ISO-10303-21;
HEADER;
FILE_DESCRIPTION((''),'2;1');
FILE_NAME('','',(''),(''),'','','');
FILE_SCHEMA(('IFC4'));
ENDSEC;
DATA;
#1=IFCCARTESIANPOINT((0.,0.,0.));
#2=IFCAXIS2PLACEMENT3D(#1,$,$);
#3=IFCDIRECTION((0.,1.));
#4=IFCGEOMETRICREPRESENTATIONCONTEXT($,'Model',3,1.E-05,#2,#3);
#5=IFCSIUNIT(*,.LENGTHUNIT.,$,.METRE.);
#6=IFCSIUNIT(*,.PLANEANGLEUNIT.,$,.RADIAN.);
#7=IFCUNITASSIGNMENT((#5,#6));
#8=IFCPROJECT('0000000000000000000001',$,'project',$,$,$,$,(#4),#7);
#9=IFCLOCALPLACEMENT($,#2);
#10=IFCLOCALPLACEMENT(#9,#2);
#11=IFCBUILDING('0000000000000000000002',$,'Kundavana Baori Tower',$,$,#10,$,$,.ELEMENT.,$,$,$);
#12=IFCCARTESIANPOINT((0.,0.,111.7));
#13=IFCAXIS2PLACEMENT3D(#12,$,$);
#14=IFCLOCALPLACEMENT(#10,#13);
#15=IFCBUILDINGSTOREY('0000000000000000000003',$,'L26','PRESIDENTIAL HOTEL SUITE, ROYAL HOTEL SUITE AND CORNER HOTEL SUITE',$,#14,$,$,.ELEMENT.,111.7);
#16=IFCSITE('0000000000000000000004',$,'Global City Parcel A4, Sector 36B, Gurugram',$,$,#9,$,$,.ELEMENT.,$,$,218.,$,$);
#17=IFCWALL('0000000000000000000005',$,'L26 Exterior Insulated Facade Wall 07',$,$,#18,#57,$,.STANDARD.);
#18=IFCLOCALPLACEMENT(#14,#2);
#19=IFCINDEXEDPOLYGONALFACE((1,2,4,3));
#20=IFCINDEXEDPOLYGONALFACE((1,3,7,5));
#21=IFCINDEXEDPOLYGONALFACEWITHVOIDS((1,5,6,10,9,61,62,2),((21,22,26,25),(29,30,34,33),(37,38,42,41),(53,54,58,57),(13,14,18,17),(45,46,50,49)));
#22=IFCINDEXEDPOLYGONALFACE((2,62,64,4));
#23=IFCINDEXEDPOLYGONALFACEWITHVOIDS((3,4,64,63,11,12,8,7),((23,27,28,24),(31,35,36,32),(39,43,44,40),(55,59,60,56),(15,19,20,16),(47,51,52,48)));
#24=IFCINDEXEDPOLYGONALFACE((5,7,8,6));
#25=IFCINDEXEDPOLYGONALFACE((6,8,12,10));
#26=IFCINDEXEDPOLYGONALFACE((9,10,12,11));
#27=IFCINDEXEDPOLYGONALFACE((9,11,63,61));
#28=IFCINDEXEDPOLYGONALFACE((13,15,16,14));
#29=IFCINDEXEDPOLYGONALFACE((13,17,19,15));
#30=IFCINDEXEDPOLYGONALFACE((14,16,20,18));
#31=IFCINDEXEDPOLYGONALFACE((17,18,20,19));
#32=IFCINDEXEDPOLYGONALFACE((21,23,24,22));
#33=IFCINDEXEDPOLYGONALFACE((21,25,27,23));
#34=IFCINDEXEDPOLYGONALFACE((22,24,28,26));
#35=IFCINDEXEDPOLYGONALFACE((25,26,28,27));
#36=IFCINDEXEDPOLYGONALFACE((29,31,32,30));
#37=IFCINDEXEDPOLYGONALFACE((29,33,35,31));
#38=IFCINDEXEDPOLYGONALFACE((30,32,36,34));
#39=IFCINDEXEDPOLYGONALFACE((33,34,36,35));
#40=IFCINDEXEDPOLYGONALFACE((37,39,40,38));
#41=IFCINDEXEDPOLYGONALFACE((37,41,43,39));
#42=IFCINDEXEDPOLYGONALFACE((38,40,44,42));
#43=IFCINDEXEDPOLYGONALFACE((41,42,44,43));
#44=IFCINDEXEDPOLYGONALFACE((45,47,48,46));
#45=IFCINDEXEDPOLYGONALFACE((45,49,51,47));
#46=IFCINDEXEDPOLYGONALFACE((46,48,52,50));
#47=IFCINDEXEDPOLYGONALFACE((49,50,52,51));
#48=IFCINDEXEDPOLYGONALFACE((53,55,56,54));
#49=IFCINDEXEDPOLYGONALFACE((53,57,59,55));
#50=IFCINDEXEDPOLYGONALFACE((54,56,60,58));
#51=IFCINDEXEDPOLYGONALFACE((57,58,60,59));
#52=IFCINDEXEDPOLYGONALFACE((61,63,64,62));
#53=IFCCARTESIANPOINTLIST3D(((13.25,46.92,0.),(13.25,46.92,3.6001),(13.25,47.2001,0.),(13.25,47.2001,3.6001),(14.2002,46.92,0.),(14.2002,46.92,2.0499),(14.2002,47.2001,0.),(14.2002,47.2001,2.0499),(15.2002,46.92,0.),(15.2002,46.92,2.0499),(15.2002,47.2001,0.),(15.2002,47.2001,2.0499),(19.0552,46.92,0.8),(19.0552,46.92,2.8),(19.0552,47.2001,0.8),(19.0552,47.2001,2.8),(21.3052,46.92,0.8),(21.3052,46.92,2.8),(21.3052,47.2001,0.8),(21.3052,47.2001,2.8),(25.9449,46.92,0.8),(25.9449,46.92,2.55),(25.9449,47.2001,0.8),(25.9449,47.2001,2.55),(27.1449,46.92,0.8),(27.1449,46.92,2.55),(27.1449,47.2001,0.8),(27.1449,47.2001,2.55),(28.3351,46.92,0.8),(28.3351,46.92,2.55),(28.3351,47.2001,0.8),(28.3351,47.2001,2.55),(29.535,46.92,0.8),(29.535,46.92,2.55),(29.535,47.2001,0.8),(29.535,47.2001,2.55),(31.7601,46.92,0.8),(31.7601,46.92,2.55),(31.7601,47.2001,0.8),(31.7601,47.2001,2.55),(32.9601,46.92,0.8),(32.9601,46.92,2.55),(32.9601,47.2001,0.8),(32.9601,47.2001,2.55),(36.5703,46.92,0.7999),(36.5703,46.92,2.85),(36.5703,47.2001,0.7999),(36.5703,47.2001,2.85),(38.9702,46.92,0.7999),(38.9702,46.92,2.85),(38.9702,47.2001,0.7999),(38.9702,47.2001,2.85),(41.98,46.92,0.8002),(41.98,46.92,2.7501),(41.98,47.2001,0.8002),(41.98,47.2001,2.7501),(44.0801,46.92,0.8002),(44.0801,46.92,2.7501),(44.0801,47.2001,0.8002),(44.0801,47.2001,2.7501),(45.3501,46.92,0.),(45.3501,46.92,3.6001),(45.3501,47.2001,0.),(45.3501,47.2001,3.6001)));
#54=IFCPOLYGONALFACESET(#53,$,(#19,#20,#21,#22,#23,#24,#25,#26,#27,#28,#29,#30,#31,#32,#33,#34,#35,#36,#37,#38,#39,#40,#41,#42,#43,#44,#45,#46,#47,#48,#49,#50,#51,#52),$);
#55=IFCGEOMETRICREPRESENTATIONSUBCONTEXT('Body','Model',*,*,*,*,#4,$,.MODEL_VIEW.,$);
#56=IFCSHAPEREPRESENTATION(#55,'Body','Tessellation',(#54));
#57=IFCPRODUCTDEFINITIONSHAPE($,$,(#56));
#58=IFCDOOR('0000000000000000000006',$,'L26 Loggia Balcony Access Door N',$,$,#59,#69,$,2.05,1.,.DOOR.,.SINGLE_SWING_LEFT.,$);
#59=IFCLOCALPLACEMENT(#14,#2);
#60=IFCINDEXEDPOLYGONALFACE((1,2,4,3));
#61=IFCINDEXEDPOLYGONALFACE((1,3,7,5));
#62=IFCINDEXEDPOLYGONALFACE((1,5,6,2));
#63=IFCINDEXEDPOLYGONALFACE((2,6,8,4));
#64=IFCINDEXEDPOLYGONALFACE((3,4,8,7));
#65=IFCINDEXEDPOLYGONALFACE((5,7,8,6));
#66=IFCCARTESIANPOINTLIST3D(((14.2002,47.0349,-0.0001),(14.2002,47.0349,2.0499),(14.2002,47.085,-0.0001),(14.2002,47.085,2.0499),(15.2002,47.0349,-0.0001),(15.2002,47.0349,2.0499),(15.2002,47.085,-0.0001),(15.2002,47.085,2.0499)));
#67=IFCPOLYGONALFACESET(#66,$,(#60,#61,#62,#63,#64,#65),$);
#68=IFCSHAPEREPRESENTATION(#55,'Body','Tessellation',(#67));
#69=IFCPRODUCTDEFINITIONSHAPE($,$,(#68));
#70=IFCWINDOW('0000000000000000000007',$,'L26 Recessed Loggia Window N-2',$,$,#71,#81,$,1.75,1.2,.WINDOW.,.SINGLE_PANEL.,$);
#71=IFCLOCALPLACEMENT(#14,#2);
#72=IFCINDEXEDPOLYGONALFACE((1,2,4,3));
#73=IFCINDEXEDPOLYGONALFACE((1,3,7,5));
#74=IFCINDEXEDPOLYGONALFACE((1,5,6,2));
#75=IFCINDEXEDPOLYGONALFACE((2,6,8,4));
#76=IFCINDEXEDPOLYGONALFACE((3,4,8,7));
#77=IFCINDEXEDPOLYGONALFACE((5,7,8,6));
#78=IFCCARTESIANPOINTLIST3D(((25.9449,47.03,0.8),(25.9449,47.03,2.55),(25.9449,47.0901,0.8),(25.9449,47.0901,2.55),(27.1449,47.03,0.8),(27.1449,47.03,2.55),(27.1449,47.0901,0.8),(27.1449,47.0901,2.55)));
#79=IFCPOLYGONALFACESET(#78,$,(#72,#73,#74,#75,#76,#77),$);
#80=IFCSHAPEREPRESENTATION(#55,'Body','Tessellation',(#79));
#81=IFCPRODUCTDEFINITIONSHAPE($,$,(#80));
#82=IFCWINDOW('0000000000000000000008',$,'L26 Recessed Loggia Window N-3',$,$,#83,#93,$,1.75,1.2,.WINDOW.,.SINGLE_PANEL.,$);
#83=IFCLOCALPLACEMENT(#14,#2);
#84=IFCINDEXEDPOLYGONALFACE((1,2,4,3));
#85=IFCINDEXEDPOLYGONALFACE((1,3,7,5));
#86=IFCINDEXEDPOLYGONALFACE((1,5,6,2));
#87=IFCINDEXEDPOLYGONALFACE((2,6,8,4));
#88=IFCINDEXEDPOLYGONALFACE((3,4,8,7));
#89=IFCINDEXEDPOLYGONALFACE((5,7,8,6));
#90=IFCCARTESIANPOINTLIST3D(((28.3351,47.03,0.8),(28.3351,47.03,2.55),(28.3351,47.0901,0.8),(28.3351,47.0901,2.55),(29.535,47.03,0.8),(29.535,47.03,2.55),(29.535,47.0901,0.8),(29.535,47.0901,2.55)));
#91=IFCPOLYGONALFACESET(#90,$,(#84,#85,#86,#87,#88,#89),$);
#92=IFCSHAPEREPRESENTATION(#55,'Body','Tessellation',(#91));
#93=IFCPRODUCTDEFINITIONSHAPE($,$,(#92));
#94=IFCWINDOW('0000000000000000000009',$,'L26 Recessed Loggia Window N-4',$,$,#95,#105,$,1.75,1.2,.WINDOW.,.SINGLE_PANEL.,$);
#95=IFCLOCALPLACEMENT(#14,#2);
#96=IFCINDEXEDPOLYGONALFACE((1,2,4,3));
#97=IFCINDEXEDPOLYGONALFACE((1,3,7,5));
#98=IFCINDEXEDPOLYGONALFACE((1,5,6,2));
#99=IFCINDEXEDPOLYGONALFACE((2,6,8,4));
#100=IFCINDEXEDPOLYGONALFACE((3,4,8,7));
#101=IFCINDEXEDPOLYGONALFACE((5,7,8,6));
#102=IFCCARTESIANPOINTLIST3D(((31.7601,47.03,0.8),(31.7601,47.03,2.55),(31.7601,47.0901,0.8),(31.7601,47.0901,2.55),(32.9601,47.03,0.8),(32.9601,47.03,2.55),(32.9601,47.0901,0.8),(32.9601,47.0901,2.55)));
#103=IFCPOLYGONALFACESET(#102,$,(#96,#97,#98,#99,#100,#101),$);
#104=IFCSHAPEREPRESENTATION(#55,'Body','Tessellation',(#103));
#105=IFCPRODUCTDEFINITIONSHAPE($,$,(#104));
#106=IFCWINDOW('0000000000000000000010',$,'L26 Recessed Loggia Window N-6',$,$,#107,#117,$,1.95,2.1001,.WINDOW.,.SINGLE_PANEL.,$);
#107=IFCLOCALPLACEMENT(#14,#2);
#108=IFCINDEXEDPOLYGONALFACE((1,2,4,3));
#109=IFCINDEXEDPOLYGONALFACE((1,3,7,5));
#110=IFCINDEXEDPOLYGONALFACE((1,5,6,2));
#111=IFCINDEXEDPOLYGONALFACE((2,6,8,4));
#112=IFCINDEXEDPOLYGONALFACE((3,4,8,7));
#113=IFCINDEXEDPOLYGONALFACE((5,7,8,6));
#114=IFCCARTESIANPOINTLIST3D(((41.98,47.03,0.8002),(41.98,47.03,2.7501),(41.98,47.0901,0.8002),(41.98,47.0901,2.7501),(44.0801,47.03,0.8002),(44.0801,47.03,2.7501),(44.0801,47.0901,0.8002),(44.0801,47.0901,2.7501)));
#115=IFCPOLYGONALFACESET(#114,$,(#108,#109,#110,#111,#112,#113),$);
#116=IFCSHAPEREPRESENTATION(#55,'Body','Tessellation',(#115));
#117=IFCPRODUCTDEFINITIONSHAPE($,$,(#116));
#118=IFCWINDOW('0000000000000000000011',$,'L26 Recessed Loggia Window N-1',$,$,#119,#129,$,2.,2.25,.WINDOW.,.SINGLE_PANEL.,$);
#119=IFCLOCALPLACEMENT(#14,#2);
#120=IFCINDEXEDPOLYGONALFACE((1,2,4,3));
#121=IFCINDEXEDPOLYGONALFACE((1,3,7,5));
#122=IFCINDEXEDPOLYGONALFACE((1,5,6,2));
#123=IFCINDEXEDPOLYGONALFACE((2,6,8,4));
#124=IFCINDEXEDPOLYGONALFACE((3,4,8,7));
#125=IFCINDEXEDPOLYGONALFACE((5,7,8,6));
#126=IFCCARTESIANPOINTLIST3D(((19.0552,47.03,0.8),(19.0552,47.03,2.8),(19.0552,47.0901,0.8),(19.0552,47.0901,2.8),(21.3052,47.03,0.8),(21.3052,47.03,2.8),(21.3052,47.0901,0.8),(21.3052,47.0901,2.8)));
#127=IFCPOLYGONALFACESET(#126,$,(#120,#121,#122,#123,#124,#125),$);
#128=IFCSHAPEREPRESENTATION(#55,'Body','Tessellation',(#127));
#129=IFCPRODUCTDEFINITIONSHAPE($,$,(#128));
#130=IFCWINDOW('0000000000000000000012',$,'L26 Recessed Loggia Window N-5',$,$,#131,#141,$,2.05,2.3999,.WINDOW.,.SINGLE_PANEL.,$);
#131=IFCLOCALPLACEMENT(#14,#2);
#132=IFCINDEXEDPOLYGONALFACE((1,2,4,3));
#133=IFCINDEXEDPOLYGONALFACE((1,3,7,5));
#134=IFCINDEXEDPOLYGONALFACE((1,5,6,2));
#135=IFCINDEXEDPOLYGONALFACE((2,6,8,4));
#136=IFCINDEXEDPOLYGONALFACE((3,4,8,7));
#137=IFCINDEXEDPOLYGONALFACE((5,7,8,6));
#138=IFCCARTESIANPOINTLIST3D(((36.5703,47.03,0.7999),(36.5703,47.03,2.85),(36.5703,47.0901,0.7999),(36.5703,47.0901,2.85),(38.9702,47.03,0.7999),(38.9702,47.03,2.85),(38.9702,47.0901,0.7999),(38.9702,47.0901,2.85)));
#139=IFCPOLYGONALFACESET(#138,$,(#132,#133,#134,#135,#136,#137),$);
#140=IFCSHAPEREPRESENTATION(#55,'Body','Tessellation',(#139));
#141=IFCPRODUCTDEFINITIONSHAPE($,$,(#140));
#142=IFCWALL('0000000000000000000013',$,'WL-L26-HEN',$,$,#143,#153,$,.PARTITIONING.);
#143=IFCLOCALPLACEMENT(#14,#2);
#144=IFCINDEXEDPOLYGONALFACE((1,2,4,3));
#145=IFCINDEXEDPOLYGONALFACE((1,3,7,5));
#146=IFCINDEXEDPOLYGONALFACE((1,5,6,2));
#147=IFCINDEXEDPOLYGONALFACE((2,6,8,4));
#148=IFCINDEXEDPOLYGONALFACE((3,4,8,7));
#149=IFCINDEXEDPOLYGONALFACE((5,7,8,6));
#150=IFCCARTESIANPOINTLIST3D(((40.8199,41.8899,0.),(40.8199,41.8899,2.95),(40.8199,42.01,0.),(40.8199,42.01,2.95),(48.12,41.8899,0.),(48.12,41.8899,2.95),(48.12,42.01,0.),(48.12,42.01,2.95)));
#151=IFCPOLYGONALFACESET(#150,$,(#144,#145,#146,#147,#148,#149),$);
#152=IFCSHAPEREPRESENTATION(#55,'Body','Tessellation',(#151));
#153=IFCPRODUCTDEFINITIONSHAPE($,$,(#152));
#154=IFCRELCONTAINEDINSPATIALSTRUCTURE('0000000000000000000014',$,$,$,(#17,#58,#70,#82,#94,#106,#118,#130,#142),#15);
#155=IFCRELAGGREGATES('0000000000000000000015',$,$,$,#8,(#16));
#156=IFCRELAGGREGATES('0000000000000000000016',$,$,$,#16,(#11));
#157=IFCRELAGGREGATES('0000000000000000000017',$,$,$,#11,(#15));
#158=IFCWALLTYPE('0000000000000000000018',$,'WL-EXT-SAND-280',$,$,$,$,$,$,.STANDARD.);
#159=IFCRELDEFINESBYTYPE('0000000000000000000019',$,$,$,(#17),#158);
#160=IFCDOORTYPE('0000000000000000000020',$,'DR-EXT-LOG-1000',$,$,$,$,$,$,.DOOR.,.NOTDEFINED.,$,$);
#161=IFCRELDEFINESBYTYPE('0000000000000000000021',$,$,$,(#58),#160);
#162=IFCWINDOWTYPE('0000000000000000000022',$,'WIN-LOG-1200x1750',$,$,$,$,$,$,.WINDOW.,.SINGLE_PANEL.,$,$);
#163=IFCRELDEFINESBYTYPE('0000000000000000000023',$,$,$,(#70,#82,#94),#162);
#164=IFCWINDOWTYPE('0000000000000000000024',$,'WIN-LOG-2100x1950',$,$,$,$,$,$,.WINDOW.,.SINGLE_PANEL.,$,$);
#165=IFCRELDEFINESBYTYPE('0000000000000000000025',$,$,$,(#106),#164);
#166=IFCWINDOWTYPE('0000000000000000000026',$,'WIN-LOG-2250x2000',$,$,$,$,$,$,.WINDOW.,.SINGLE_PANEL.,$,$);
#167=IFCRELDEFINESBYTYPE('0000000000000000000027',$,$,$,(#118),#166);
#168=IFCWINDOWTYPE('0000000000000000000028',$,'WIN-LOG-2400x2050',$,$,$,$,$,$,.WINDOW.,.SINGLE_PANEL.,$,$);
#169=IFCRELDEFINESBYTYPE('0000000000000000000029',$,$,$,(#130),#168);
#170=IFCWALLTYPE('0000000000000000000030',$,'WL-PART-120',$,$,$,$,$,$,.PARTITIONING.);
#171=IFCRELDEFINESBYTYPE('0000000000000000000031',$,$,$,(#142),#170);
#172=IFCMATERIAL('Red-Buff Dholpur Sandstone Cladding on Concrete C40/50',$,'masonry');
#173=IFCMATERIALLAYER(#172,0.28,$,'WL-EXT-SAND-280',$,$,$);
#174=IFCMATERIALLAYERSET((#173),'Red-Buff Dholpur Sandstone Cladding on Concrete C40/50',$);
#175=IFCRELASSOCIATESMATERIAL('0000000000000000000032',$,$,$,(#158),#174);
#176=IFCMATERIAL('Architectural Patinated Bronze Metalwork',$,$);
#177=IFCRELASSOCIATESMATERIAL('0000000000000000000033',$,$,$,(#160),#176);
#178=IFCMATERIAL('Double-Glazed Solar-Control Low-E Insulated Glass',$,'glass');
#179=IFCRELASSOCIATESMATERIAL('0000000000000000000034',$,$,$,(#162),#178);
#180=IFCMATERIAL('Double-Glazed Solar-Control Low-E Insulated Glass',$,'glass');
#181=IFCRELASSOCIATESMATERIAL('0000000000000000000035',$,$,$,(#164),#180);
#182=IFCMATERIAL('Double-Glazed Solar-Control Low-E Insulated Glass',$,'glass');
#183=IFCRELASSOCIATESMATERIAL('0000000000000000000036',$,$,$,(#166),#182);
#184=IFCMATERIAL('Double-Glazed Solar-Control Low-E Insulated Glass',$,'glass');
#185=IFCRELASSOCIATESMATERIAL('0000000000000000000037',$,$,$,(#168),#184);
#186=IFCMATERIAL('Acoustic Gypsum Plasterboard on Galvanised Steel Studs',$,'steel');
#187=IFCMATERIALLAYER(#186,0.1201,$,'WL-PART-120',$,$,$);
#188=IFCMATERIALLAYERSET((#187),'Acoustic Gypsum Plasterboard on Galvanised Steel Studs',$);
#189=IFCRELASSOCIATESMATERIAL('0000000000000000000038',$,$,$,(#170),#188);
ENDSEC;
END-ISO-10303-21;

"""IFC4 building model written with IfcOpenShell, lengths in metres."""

from ifc_helpers import new_model, si_unit, direction, frame, frame_2d, origin, place, context, subcontext, project, spatial, rectangle, extrude, material, layer, layer_set, type_object, element, fill, save


model = new_model("IFC4")

# Units and contexts
model_context = context("Model", 3, precision=1e-05, world=origin(), true_north=direction((0.0, 1.0)))
body_context = subcontext(model_context, "Body", "Model", "MODEL_VIEW")
ifc_project = project(units=[si_unit("LENGTHUNIT", "METRE"), si_unit("PLANEANGLEUNIT", "RADIAN")], contexts=[model_context])

# Site, building, storey
site_placement = place(None, origin())
site = spatial("IfcSite", under=ifc_project, at=site_placement, Name="Global City Parcel A4, Sector 36B, Gurugram", CompositionType="ELEMENT", RefElevation=218.0)
building_placement = place(site_placement, origin())
building = spatial("IfcBuilding", under=site, at=building_placement, Name="Kundavana Baori Tower", CompositionType="ELEMENT")
storey_placement = place(building_placement, frame((0.0, 0.0, 111.7)))
storey = spatial("IfcBuildingStorey", under=building, at=storey_placement, Name="L26", Description="PRESIDENTIAL HOTEL SUITE, ROYAL HOTEL SUITE AND CORNER HOTEL SUITE", CompositionType="ELEMENT", Elevation=111.7)

# Shared definitions
ifc_material_1 = material(Name="Red-Buff Dholpur Sandstone Cladding on Concrete C40/50", Category="masonry")
ifc_layer_1 = layer(ifc_material_1, 0.28, Name="WL-EXT-SAND-280")
ifc_layer_set_1 = layer_set([ifc_layer_1], Name="Red-Buff Dholpur Sandstone Cladding on Concrete C40/50")
wall_type_1 = type_object("IfcWallType", Name="WL-EXT-SAND-280", PredefinedType="STANDARD", material=ifc_layer_set_1)

# Wall, openings, door, windows
wall_1_placement = place(storey_placement, frame((45.3501, 47.0601, 0.0), z_axis=(0.0, 0.0, 1.0), x_axis=(-1.0, 0.0, 0.0)))
wall_1 = element("IfcWall", 1, at=wall_1_placement, inside=storey, type_object=wall_type_1, Name="L26 Exterior Insulated Facade Wall 07", PredefinedType="STANDARD", context=body_context, shape_type="SweptSolid", body=[
    extrude(rectangle(XDim=32.1001, YDim=0.28, at=frame_2d((16.05, 0.0))), origin(), (0.0, 0.0, 1.0), 3.6001),
])
opening_1_placement = place(wall_1_placement, frame((30.1499, 0.0, 0.0)))
opening_1 = element("IfcOpeningElement", 2, at=opening_1_placement, cuts=wall_1, PredefinedType="OPENING", context=body_context, shape_type="SweptSolid", body=[
    extrude(rectangle(XDim=1.0, YDim=2.05, at=frame_2d((0.5, 1.0249))), frame((0.0, 0.1499, 0.0), z_axis=(0.0, -1.0, 0.0), x_axis=(1.0, 0.0, 0.0)), (0.0, 0.0, 1.0), 0.3),
])
opening_2_placement = place(wall_1_placement, frame((24.0449, 0.0, 0.8)))
opening_2 = element("IfcOpeningElement", 3, at=opening_2_placement, cuts=wall_1, PredefinedType="OPENING", context=body_context, shape_type="SweptSolid", body=[
    extrude(rectangle(XDim=2.25, YDim=2.0, at=frame_2d((1.125, 1.0))), frame((0.0, 0.1499, 0.0), z_axis=(0.0, -1.0, 0.0), x_axis=(1.0, 0.0, 0.0)), (0.0, 0.0, 1.0), 0.3),
])
opening_3_placement = place(wall_1_placement, frame((18.2051, 0.0, 0.8)))
opening_3 = element("IfcOpeningElement", 4, at=opening_3_placement, cuts=wall_1, PredefinedType="OPENING", context=body_context, shape_type="SweptSolid", body=[
    extrude(rectangle(XDim=1.2, YDim=1.75, at=frame_2d((0.6001, 0.875))), frame((0.0, 0.1499, 0.0), z_axis=(0.0, -1.0, 0.0), x_axis=(1.0, 0.0, 0.0)), (0.0, 0.0, 1.0), 0.3),
])
opening_4_placement = place(wall_1_placement, frame((15.8149, 0.0, 0.8)))
opening_4 = element("IfcOpeningElement", 5, at=opening_4_placement, cuts=wall_1, PredefinedType="OPENING", context=body_context, shape_type="SweptSolid", body=[
    extrude(rectangle(XDim=1.2, YDim=1.75, at=frame_2d((0.6001, 0.875))), frame((0.0, 0.1499, 0.0), z_axis=(0.0, -1.0, 0.0), x_axis=(1.0, 0.0, 0.0)), (0.0, 0.0, 1.0), 0.3),
])
opening_5_placement = place(wall_1_placement, frame((12.3899, 0.0, 0.8)))
opening_5 = element("IfcOpeningElement", 6, at=opening_5_placement, cuts=wall_1, PredefinedType="OPENING", context=body_context, shape_type="SweptSolid", body=[
    extrude(rectangle(XDim=1.2, YDim=1.75, at=frame_2d((0.6001, 0.875))), frame((0.0, 0.1499, 0.0), z_axis=(0.0, -1.0, 0.0), x_axis=(1.0, 0.0, 0.0)), (0.0, 0.0, 1.0), 0.3),
])
opening_6_placement = place(wall_1_placement, frame((6.3799, 0.0, 0.8)))
opening_6 = element("IfcOpeningElement", 7, at=opening_6_placement, cuts=wall_1, PredefinedType="OPENING", context=body_context, shape_type="SweptSolid", body=[
    extrude(rectangle(XDim=2.3999, YDim=2.05, at=frame_2d((1.2, 1.0249))), frame((0.0, 0.1499, 0.0), z_axis=(0.0, -1.0, 0.0), x_axis=(1.0, 0.0, 0.0)), (0.0, 0.0, 1.0), 0.3),
])
opening_7_placement = place(wall_1_placement, frame((1.27, 0.0, 0.8)))
opening_7 = element("IfcOpeningElement", 8, at=opening_7_placement, cuts=wall_1, PredefinedType="OPENING", context=body_context, shape_type="SweptSolid", body=[
    extrude(rectangle(XDim=2.1001, YDim=1.95, at=frame_2d((1.05, 0.9751))), frame((0.0, 0.1499, 0.0), z_axis=(0.0, -1.0, 0.0), x_axis=(1.0, 0.0, 0.0)), (0.0, 0.0, 1.0), 0.3),
])
ifc_material_2 = material(Name="Architectural Patinated Bronze Metalwork")
door_type_1 = type_object("IfcDoorType", Name="DR-EXT-LOG-1000", OperationType="NOTDEFINED", PredefinedType="DOOR", material=ifc_material_2)
door_1_placement = place(opening_1_placement, frame((1.0, 0.0, 0.0), z_axis=(0.0, 0.0, 1.0), x_axis=(-1.0, 0.0, 0.0)))
door_1 = element("IfcDoor", 9, at=door_1_placement, inside=storey, type_object=door_type_1, Name="L26 Loggia Balcony Access Door N", OperationType="SINGLE_SWING_LEFT", OverallHeight=2.05, OverallWidth=1.0, PredefinedType="DOOR", context=body_context, shape_type="SweptSolid", body=[
    extrude(rectangle(XDim=1.0, YDim=2.05, at=frame_2d((0.5, 1.0249))), frame((0.0, 0.0249, 0.0), z_axis=(0.0, -1.0, 0.0), x_axis=(1.0, 0.0, 0.0)), (0.0, 0.0, 1.0), 0.05),
])
fill(opening_1, door_1)
ifc_material_3 = material(Name="Double-Glazed Solar-Control Low-E Insulated Glass", Category="glass")
window_type_1 = type_object("IfcWindowType", Name="WIN-LOG-1200x1750", PartitioningType="SINGLE_PANEL", PredefinedType="WINDOW", material=ifc_material_3)
window_1_placement = place(opening_3_placement, origin())
window_1 = element("IfcWindow", 10, at=window_1_placement, inside=storey, type_object=window_type_1, Name="L26 Recessed Loggia Window N-2", OverallHeight=1.75, OverallWidth=1.2, PartitioningType="SINGLE_PANEL", PredefinedType="WINDOW", context=body_context, shape_type="SweptSolid", body=[
    extrude(rectangle(XDim=1.2, YDim=1.75, at=frame_2d((0.6001, 0.875))), frame((0.0, 0.03, 0.0), z_axis=(0.0, -1.0, 0.0), x_axis=(1.0, 0.0, 0.0)), (0.0, 0.0, 1.0), 0.0601),
])
fill(opening_3, window_1)
window_2_placement = place(opening_4_placement, origin())
window_2 = element("IfcWindow", 11, at=window_2_placement, inside=storey, type_object=window_type_1, Name="L26 Recessed Loggia Window N-3", OverallHeight=1.75, OverallWidth=1.2, PartitioningType="SINGLE_PANEL", PredefinedType="WINDOW", context=body_context, shape_type="SweptSolid", body=[
    extrude(rectangle(XDim=1.2, YDim=1.75, at=frame_2d((0.6001, 0.875))), frame((0.0, 0.03, 0.0), z_axis=(0.0, -1.0, 0.0), x_axis=(1.0, 0.0, 0.0)), (0.0, 0.0, 1.0), 0.0601),
])
fill(opening_4, window_2)
window_3_placement = place(opening_5_placement, origin())
window_3 = element("IfcWindow", 12, at=window_3_placement, inside=storey, type_object=window_type_1, Name="L26 Recessed Loggia Window N-4", OverallHeight=1.75, OverallWidth=1.2, PartitioningType="SINGLE_PANEL", PredefinedType="WINDOW", context=body_context, shape_type="SweptSolid", body=[
    extrude(rectangle(XDim=1.2, YDim=1.75, at=frame_2d((0.6001, 0.875))), frame((0.0, 0.03, 0.0), z_axis=(0.0, -1.0, 0.0), x_axis=(1.0, 0.0, 0.0)), (0.0, 0.0, 1.0), 0.0601),
])
fill(opening_5, window_3)
ifc_material_4 = material(Name="Double-Glazed Solar-Control Low-E Insulated Glass", Category="glass")
window_type_2 = type_object("IfcWindowType", Name="WIN-LOG-2100x1950", PartitioningType="SINGLE_PANEL", PredefinedType="WINDOW", material=ifc_material_4)
window_4_placement = place(opening_7_placement, origin())
window_4 = element("IfcWindow", 13, at=window_4_placement, inside=storey, type_object=window_type_2, Name="L26 Recessed Loggia Window N-6", OverallHeight=1.95, OverallWidth=2.1001, PartitioningType="SINGLE_PANEL", PredefinedType="WINDOW", context=body_context, shape_type="SweptSolid", body=[
    extrude(rectangle(XDim=2.1001, YDim=1.95, at=frame_2d((1.05, 0.9751))), frame((0.0, 0.03, 0.0), z_axis=(0.0, -1.0, 0.0), x_axis=(1.0, 0.0, 0.0)), (0.0, 0.0, 1.0), 0.0601),
])
fill(opening_7, window_4)
ifc_material_5 = material(Name="Double-Glazed Solar-Control Low-E Insulated Glass", Category="glass")
window_type_3 = type_object("IfcWindowType", Name="WIN-LOG-2250x2000", PartitioningType="SINGLE_PANEL", PredefinedType="WINDOW", material=ifc_material_5)
window_5_placement = place(opening_2_placement, origin())
window_5 = element("IfcWindow", 14, at=window_5_placement, inside=storey, type_object=window_type_3, Name="L26 Recessed Loggia Window N-1", OverallHeight=2.0, OverallWidth=2.25, PartitioningType="SINGLE_PANEL", PredefinedType="WINDOW", context=body_context, shape_type="SweptSolid", body=[
    extrude(rectangle(XDim=2.25, YDim=2.0, at=frame_2d((1.125, 1.0))), frame((0.0, 0.03, 0.0), z_axis=(0.0, -1.0, 0.0), x_axis=(1.0, 0.0, 0.0)), (0.0, 0.0, 1.0), 0.0601),
])
fill(opening_2, window_5)
ifc_material_6 = material(Name="Double-Glazed Solar-Control Low-E Insulated Glass", Category="glass")
window_type_4 = type_object("IfcWindowType", Name="WIN-LOG-2400x2050", PartitioningType="SINGLE_PANEL", PredefinedType="WINDOW", material=ifc_material_6)
window_6_placement = place(opening_6_placement, origin())
window_6 = element("IfcWindow", 15, at=window_6_placement, inside=storey, type_object=window_type_4, Name="L26 Recessed Loggia Window N-5", OverallHeight=2.05, OverallWidth=2.3999, PartitioningType="SINGLE_PANEL", PredefinedType="WINDOW", context=body_context, shape_type="SweptSolid", body=[
    extrude(rectangle(XDim=2.3999, YDim=2.05, at=frame_2d((1.2, 1.0249))), frame((0.0, 0.03, 0.0), z_axis=(0.0, -1.0, 0.0), x_axis=(1.0, 0.0, 0.0)), (0.0, 0.0, 1.0), 0.0601),
])
fill(opening_6, window_6)

# Wall
ifc_material_7 = material(Name="Acoustic Gypsum Plasterboard on Galvanised Steel Studs", Category="steel")
ifc_layer_2 = layer(ifc_material_7, 0.1201, Name="WL-PART-120")
ifc_layer_set_2 = layer_set([ifc_layer_2], Name="Acoustic Gypsum Plasterboard on Galvanised Steel Studs")
wall_type_2 = type_object("IfcWallType", Name="WL-PART-120", PredefinedType="PARTITIONING", material=ifc_layer_set_2)
wall_2_placement = place(storey_placement, frame((40.8201, 41.95, 0.0), z_axis=(0.0, 0.0, 1.0), x_axis=(1.0, 0.0, 0.0)))
element("IfcWall", 16, at=wall_2_placement, inside=storey, type_object=wall_type_2, Name="WL-L26-HEN", PredefinedType="PARTITIONING", context=body_context, shape_type="SweptSolid", body=[
    extrude(rectangle(XDim=7.3, YDim=0.1201, at=frame_2d((3.6499, 0.0))), origin(), (0.0, 0.0, 1.0), 2.95),
])

save(model, "model.ifc")
